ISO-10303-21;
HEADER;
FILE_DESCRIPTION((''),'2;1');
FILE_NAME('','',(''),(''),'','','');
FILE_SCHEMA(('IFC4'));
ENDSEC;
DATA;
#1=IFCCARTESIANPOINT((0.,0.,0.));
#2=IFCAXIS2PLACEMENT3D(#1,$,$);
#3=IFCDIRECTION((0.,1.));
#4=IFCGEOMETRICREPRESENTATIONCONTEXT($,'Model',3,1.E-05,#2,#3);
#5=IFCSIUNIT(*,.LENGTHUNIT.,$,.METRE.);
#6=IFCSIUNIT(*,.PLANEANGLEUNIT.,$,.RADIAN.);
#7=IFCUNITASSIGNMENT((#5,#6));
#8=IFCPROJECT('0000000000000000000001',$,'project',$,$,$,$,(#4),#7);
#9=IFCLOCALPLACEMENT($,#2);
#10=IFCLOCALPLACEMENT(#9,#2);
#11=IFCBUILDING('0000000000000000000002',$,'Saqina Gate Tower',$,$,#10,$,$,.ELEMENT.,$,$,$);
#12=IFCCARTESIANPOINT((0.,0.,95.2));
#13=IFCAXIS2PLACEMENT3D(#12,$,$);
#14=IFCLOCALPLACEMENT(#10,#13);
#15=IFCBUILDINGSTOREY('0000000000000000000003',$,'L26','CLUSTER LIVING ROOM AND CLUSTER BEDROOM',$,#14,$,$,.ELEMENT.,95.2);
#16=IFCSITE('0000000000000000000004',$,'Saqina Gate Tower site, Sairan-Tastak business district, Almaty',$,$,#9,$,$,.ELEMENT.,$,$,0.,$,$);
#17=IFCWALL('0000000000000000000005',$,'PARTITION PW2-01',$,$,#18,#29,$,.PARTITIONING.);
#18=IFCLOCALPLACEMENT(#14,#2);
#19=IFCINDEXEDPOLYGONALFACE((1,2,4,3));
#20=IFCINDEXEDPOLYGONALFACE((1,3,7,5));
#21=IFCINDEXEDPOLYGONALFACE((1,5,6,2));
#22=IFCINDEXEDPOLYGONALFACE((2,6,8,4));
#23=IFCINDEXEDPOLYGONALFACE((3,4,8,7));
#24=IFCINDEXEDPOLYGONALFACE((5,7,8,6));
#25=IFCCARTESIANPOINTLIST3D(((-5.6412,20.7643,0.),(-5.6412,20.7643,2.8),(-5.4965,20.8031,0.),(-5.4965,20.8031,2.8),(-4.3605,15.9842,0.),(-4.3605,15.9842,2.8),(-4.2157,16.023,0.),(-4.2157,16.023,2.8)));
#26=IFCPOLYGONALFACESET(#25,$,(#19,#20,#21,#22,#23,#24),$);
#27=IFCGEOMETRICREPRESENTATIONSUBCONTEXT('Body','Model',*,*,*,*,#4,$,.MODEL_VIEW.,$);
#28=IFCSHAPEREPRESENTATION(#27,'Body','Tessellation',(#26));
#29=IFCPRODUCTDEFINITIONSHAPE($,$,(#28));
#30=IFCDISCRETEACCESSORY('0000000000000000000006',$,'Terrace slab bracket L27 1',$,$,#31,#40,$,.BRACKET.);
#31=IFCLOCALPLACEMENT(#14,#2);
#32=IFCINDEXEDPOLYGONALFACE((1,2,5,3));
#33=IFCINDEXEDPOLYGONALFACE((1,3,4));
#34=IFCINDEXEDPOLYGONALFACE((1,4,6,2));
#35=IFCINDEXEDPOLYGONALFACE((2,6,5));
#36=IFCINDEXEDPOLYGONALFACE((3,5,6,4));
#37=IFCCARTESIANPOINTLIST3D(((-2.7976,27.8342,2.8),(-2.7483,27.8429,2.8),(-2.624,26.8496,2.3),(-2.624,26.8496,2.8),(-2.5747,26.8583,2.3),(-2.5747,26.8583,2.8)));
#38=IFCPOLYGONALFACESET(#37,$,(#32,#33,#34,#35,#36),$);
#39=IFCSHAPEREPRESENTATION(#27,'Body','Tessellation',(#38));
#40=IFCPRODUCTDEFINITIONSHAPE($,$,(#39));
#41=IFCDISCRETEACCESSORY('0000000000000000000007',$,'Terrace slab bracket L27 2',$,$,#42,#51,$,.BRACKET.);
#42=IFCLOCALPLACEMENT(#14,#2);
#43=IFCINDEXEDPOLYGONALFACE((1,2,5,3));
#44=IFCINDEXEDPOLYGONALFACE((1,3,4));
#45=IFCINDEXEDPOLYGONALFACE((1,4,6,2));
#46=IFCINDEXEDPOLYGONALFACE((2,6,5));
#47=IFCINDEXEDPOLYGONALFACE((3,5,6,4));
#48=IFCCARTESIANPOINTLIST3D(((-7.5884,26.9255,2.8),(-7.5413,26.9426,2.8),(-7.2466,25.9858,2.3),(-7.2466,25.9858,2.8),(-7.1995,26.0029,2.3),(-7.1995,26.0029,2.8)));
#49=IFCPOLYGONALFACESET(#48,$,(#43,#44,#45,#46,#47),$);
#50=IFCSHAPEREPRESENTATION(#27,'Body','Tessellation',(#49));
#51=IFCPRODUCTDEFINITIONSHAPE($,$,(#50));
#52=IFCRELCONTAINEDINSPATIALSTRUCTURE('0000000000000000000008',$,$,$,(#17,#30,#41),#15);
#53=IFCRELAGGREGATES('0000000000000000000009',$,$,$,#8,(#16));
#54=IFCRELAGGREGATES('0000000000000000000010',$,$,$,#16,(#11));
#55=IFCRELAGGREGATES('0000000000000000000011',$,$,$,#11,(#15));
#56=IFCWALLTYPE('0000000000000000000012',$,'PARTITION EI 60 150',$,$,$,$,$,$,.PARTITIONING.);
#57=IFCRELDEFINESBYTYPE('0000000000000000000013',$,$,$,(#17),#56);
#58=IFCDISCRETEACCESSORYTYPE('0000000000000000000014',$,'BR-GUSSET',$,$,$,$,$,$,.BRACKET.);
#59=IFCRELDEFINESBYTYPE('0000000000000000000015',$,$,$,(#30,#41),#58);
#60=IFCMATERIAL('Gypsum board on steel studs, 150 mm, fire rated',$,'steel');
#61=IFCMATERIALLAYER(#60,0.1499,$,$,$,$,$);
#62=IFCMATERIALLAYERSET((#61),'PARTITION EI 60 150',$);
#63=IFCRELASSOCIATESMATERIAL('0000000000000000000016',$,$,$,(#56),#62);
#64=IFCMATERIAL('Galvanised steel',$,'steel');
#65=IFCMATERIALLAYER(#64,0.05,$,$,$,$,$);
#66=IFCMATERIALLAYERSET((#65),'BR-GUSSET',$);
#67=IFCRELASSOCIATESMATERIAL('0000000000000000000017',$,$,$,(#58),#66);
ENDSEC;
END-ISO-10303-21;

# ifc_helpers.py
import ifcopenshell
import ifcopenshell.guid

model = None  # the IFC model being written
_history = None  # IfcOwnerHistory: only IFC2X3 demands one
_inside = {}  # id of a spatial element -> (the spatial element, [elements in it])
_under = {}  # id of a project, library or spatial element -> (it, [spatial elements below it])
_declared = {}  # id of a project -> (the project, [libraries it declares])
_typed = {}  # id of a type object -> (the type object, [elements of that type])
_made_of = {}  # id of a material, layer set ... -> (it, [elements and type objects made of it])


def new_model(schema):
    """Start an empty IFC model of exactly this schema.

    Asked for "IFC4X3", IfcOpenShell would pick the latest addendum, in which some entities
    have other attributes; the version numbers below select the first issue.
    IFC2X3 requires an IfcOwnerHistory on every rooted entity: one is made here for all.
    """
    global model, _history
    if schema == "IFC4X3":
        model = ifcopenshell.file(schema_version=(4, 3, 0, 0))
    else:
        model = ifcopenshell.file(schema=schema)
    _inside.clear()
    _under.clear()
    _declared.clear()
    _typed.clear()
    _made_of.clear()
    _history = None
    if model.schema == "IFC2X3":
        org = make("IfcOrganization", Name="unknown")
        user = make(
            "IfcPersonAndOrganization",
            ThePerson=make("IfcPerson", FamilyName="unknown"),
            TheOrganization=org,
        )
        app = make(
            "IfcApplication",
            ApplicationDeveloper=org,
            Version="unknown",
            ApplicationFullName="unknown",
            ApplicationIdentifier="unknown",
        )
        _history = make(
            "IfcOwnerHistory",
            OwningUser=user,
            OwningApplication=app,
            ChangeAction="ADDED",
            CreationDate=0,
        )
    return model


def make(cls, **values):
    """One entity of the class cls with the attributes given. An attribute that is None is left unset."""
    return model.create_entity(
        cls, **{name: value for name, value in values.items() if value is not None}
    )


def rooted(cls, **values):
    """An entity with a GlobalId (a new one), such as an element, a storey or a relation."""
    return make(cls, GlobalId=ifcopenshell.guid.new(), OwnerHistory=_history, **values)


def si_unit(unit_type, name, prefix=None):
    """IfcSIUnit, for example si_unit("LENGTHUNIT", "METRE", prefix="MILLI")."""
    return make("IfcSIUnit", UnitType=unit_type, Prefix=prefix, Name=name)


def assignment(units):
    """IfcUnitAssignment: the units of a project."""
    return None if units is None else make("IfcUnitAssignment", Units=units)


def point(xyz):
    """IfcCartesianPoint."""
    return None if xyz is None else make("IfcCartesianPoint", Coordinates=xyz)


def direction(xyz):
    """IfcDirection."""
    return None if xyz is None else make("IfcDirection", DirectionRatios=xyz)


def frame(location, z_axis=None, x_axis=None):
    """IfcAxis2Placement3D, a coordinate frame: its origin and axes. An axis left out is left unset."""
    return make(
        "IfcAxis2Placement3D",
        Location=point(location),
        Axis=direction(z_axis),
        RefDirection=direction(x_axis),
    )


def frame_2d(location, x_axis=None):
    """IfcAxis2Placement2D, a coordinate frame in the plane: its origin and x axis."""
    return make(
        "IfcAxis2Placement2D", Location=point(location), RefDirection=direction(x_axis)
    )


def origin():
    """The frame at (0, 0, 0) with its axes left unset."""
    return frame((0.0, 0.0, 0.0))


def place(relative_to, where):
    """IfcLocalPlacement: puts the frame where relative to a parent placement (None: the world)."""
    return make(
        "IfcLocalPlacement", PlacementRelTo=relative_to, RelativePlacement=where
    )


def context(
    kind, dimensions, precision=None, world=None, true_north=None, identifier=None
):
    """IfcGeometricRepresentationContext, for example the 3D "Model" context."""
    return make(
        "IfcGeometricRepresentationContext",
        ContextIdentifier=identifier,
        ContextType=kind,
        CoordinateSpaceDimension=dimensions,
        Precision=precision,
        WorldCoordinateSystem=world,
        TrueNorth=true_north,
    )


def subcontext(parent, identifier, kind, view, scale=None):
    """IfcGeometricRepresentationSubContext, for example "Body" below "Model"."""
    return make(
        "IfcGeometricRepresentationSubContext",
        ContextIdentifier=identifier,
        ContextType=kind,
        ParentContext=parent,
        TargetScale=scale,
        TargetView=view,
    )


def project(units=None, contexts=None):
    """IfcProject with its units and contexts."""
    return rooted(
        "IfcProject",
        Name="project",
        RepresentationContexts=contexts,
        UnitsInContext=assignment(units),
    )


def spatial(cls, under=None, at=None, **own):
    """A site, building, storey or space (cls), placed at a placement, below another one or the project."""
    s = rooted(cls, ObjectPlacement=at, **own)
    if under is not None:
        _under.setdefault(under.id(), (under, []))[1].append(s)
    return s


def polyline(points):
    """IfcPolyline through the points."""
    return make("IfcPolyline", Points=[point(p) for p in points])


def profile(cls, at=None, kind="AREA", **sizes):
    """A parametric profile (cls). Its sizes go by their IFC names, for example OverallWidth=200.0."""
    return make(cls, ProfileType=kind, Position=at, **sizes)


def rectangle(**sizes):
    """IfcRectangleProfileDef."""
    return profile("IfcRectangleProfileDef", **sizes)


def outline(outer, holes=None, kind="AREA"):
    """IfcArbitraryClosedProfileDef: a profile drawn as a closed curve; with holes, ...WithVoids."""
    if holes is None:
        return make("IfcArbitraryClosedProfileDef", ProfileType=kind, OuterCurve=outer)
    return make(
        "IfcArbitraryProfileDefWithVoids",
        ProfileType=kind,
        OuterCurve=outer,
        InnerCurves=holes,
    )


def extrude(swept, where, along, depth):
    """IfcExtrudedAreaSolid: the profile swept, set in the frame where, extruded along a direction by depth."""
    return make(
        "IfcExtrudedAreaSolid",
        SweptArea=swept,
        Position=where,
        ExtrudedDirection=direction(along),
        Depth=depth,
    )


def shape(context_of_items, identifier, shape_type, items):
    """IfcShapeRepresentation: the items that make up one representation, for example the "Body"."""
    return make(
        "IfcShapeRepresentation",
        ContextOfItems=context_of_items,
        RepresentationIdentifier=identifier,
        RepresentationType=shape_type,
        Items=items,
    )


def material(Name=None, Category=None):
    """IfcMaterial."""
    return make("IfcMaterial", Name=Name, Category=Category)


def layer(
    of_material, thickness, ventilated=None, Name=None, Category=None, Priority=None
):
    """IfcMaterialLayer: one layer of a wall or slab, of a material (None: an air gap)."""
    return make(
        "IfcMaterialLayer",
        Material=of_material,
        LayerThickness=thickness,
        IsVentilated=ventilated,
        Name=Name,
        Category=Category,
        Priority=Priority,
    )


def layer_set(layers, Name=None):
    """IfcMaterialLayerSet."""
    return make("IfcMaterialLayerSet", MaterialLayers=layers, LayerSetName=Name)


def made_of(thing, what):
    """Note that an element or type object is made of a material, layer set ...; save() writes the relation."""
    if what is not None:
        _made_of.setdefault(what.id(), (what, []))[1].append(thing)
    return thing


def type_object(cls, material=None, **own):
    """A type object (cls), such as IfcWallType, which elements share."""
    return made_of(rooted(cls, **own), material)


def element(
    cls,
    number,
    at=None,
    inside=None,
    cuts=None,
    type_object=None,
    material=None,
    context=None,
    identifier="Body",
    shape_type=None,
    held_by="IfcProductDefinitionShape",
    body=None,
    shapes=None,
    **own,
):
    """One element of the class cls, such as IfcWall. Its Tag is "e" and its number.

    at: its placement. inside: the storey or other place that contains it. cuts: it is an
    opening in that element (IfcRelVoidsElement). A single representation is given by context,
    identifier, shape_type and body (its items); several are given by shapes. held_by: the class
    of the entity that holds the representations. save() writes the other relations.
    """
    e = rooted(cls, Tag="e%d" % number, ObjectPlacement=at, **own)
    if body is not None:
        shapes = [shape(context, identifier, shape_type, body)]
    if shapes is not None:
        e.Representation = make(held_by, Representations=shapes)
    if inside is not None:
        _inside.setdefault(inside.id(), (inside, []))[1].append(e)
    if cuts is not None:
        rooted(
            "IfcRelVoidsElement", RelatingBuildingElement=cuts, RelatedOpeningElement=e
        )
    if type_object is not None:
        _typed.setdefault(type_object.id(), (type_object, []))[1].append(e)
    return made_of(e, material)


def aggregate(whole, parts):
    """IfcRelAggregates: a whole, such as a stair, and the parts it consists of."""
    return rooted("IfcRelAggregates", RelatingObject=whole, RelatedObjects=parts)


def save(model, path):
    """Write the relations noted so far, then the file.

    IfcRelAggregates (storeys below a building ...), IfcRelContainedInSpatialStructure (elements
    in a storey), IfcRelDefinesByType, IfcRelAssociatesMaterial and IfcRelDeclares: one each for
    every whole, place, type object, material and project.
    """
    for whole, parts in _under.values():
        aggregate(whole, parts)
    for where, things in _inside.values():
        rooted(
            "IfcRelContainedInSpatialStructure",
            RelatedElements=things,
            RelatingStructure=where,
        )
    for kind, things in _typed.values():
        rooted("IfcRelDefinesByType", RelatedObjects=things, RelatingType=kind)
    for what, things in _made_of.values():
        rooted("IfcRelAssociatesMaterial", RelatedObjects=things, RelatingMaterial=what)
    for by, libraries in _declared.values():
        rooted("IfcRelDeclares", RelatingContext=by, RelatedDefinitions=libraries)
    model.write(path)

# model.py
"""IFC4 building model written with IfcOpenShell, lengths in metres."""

from ifc_helpers import new_model, si_unit, direction, frame, frame_2d, origin, place, context, subcontext, project, spatial, polyline, rectangle, outline, extrude, material, layer, layer_set, type_object, element, save


model = new_model("IFC4")

# Units and contexts
model_context = context("Model", 3, precision=1e-05, world=origin(), true_north=direction((0.0, 1.0)))
body_context = subcontext(model_context, "Body", "Model", "MODEL_VIEW")
ifc_project = project(units=[si_unit("LENGTHUNIT", "METRE"), si_unit("PLANEANGLEUNIT", "RADIAN")], contexts=[model_context])

# Site, building, storey
site_placement = place(None, origin())
site = spatial("IfcSite", under=ifc_project, at=site_placement, Name="Saqina Gate Tower site, Sairan-Tastak business district, Almaty", CompositionType="ELEMENT", RefElevation=0.0)
building_placement = place(site_placement, origin())
building = spatial("IfcBuilding", under=site, at=building_placement, Name="Saqina Gate Tower", CompositionType="ELEMENT")
storey_placement = place(building_placement, frame((0.0, 0.0, 95.2)))
storey = spatial("IfcBuildingStorey", under=building, at=storey_placement, Name="L26", Description="CLUSTER LIVING ROOM AND CLUSTER BEDROOM", CompositionType="ELEMENT", Elevation=95.2)

# Wall
ifc_material_1 = material(Name="Gypsum board on steel studs, 150 mm, fire rated", Category="steel")
ifc_layer_1 = layer(ifc_material_1, 0.1499)
ifc_layer_set_1 = layer_set([ifc_layer_1], Name="PARTITION EI 60 150")
wall_type_1 = type_object("IfcWallType", Name="PARTITION EI 60 150", PredefinedType="PARTITIONING", material=ifc_layer_set_1)
wall_1_placement = place(storey_placement, frame((-5.5688, 20.7837, 0.0), z_axis=(0.0, 0.0, 1.0), x_axis=(0.258811, -0.965928, 0.0)))
element("IfcWall", 1, at=wall_1_placement, inside=storey, type_object=wall_type_1, Name="PARTITION PW2-01", PredefinedType="PARTITIONING", context=body_context, shape_type="SweptSolid", body=[
    extrude(rectangle(XDim=4.9487, YDim=0.1499, at=frame_2d((2.4744, 0.0))), origin(), (0.0, 0.0, 1.0), 2.8),
])

# Discrete accessories
ifc_material_2 = material(Name="Galvanised steel", Category="steel")
ifc_layer_2 = layer(ifc_material_2, 0.05)
ifc_layer_set_2 = layer_set([ifc_layer_2], Name="BR-GUSSET")
discrete_accessory_type = type_object("IfcDiscreteAccessoryType", Name="BR-GUSSET", PredefinedType="BRACKET", material=ifc_layer_set_2)
discrete_accessory_1_placement = place(storey_placement, frame((-2.624, 26.8496, 2.3), z_axis=(-0.984813, -0.173618, 0.0), x_axis=(0.0, 0.0, 1.0)))
element("IfcDiscreteAccessory", 2, at=discrete_accessory_1_placement, inside=storey, type_object=discrete_accessory_type, Name="Terrace slab bracket L27 1", PredefinedType="BRACKET", context=body_context, shape_type="SweptSolid", body=[
    extrude(outline(polyline([(0.0, 0.0), (0.5, 0.0), (0.5, 0.9998), (0.0, 0.0)])), origin(), (0.0, 0.0, -1.0), 0.05),
])
discrete_accessory_2_placement = place(storey_placement, frame((-7.2466, 25.9858, 2.3), z_axis=(-0.939765, -0.341821, 0.0), x_axis=(0.0, 0.0, 1.0)))
element("IfcDiscreteAccessory", 3, at=discrete_accessory_2_placement, inside=storey, type_object=discrete_accessory_type, Name="Terrace slab bracket L27 2", PredefinedType="BRACKET", context=body_context, shape_type="SweptSolid", body=[
    extrude(outline(polyline([(0.0, 0.0), (0.5, 0.0), (0.5, 0.9999), (0.0, 0.0)])), origin(), (0.0, 0.0, -1.0), 0.05),
])

save(model, "model.ifc")
